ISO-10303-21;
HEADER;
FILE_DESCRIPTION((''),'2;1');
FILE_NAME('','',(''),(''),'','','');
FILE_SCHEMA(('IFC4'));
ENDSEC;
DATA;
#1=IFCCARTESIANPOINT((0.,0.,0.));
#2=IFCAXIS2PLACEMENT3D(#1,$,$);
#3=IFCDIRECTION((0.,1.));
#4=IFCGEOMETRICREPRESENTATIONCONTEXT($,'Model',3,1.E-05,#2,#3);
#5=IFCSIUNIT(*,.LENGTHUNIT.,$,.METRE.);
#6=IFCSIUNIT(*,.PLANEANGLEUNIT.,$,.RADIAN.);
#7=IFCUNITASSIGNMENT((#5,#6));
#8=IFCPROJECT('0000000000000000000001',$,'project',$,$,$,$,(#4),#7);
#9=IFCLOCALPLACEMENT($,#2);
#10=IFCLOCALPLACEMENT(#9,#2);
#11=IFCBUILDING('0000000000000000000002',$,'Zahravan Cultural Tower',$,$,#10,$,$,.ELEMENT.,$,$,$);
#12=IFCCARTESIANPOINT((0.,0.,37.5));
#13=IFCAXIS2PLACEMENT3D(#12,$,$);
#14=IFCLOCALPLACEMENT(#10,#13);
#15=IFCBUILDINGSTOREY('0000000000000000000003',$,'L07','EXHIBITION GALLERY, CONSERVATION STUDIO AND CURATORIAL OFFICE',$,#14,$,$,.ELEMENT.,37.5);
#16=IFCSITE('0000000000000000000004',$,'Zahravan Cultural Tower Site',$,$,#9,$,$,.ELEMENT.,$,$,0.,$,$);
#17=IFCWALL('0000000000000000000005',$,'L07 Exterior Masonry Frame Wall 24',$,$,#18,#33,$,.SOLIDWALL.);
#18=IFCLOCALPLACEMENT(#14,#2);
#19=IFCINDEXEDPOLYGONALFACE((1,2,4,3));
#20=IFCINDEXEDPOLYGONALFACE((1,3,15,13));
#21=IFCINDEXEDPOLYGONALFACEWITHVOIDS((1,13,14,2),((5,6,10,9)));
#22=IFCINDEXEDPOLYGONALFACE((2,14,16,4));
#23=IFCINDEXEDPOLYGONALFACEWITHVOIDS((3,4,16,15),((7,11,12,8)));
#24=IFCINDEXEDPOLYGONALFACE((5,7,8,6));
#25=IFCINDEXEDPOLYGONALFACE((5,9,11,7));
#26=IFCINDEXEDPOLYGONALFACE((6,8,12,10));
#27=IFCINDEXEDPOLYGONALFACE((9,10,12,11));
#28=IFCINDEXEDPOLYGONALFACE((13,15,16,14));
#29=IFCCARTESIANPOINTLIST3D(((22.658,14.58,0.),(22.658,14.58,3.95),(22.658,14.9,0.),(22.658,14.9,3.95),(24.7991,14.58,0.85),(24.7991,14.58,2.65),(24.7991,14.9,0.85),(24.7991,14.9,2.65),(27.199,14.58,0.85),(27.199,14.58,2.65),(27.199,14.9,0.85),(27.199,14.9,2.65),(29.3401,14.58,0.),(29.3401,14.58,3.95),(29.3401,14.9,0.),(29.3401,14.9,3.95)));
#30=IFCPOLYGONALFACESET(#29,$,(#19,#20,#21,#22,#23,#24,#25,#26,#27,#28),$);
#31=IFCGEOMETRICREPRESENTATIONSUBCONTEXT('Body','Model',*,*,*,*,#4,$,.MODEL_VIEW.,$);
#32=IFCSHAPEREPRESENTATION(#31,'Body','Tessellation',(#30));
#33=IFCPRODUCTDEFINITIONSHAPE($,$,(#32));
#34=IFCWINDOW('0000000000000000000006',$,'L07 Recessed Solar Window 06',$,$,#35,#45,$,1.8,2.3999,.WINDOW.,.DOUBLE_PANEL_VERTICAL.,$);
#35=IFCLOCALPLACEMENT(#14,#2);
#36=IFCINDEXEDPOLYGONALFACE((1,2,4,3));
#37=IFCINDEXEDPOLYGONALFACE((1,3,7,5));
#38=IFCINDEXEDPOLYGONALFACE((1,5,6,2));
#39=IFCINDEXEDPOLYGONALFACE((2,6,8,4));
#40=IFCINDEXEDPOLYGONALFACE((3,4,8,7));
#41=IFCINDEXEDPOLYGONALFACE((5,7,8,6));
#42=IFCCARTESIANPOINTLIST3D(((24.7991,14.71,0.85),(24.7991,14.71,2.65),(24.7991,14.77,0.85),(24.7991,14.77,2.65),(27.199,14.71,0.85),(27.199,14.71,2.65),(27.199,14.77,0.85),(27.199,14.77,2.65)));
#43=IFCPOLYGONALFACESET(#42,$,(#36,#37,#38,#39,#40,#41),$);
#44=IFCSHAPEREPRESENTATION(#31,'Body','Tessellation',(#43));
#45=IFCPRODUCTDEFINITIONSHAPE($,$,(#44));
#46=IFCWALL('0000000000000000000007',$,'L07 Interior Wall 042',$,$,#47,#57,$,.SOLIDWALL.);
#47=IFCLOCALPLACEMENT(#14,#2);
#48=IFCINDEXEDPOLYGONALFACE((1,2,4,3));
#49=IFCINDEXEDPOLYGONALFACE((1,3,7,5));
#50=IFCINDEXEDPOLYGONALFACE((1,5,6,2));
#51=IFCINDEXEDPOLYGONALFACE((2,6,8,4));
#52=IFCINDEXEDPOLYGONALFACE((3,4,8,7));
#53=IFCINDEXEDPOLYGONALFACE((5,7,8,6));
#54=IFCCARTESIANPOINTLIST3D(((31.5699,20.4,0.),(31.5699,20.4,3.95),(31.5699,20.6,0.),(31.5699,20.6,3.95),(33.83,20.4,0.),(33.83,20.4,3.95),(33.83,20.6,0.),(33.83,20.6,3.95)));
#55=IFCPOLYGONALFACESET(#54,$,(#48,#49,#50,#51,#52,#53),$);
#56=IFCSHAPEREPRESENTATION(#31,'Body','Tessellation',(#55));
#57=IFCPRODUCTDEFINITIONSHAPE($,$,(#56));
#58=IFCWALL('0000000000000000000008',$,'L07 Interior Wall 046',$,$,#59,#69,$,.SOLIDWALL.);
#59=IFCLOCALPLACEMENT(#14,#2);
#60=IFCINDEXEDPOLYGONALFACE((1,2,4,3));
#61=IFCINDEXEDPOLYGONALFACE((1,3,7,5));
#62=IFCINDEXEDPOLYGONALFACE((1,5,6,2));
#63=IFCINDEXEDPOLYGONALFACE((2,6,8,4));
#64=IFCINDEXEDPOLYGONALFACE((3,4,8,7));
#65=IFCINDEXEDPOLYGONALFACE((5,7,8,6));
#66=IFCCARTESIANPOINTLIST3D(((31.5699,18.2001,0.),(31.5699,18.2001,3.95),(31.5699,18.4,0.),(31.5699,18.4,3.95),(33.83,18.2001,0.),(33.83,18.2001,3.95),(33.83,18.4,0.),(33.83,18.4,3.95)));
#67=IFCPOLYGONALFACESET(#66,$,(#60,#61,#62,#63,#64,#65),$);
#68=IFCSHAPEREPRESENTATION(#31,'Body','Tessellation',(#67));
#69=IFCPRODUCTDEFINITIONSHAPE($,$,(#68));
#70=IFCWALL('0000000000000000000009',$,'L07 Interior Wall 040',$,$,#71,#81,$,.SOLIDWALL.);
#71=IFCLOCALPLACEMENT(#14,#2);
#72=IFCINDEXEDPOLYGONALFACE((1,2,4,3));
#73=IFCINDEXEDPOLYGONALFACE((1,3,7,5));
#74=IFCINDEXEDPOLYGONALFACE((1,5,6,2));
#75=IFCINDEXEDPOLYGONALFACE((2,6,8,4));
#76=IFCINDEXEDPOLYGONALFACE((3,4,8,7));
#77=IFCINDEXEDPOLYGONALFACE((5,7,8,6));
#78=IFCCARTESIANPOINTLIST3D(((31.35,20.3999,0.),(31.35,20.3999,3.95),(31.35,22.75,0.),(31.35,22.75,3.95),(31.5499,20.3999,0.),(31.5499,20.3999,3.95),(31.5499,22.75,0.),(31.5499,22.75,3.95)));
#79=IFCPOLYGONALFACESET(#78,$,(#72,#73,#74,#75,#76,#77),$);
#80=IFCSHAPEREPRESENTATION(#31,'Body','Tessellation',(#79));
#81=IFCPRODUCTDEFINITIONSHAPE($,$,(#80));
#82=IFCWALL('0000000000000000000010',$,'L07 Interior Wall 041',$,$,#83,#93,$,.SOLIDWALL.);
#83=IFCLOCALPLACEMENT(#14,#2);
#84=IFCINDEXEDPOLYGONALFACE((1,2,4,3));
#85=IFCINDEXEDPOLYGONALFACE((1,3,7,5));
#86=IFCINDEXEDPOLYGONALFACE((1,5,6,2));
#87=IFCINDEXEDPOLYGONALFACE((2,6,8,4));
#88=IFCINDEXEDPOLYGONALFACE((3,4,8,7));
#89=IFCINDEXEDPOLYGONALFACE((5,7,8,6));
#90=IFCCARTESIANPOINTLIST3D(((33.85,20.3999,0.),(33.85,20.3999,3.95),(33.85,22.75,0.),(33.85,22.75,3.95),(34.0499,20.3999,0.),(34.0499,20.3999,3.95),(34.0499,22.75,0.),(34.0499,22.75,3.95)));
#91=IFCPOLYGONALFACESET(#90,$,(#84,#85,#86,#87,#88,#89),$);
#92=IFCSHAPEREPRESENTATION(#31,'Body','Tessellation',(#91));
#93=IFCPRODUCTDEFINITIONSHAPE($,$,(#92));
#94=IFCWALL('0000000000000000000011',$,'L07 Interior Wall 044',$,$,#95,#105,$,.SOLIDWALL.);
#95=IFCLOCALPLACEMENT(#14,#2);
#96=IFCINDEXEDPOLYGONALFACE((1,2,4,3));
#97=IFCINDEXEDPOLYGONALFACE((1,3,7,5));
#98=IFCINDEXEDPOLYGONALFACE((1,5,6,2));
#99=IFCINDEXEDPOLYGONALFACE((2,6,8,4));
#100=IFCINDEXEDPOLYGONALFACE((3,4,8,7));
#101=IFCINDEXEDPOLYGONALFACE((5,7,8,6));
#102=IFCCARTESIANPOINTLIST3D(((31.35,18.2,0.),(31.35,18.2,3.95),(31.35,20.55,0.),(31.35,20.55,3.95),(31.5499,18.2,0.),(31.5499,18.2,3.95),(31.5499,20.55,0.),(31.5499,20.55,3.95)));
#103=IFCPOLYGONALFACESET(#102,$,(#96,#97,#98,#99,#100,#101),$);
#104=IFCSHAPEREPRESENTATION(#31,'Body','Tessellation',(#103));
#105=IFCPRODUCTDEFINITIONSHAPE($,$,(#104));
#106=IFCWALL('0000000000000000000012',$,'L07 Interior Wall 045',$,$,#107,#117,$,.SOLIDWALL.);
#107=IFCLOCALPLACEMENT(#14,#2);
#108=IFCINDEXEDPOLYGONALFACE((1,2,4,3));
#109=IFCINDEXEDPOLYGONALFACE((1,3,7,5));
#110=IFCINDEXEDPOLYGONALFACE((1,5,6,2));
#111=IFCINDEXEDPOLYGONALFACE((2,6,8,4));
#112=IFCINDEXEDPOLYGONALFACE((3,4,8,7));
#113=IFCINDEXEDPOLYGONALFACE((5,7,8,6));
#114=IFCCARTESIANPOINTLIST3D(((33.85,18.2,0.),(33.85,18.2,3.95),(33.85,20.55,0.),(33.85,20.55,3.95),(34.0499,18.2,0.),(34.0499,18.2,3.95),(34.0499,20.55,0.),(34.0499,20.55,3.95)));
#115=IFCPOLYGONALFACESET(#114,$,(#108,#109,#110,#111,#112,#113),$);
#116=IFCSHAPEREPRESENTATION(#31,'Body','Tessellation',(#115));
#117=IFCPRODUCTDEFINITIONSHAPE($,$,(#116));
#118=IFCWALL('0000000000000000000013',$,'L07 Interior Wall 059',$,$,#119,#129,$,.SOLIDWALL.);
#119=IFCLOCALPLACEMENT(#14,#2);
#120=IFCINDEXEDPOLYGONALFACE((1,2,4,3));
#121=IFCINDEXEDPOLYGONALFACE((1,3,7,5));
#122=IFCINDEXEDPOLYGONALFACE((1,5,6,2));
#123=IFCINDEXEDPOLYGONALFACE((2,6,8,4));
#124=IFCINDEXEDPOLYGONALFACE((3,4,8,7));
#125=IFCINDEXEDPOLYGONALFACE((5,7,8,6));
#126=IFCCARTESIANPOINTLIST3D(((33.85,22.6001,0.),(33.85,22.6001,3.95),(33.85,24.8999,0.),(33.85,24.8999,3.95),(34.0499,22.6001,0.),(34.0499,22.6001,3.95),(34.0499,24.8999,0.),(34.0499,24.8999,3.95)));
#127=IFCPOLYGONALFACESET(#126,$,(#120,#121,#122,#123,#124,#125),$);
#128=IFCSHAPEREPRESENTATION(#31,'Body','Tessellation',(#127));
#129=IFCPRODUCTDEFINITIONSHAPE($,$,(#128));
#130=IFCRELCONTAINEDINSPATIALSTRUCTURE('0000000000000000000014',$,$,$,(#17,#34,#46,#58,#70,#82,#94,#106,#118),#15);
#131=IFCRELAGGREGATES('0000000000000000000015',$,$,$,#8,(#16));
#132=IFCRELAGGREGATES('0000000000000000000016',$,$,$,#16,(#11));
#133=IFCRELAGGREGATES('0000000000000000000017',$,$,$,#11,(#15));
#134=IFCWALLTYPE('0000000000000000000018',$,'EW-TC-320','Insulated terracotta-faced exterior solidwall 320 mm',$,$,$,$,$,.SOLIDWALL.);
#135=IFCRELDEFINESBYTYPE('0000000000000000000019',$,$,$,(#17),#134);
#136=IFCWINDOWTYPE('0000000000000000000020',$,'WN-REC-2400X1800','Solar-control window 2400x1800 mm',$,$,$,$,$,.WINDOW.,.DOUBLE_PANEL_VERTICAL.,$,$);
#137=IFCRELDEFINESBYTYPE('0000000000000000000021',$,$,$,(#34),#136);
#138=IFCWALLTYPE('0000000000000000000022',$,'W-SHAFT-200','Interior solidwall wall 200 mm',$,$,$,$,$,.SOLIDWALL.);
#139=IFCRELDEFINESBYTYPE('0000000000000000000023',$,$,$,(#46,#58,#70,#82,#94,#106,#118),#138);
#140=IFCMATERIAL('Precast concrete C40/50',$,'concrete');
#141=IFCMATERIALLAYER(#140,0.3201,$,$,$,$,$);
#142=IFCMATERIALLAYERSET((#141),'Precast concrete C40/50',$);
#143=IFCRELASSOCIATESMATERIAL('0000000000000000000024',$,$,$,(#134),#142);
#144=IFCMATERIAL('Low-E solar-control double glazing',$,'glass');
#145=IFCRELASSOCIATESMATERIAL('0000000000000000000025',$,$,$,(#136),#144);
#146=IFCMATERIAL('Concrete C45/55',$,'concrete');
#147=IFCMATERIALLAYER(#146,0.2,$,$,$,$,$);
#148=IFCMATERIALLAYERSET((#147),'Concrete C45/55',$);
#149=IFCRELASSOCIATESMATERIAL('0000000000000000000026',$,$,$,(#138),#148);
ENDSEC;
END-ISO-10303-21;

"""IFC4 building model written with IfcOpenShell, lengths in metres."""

from ifc_helpers import new_model, si_unit, direction, frame, frame_2d, origin, place, context, subcontext, project, spatial, rectangle, extrude, source, transform, mapped, material, layer, layer_set, type_object, element, fill, save


model = new_model("IFC4")

# Units and contexts
model_context = context("Model", 3, precision=1e-05, world=origin(), true_north=direction((0.0, 1.0)))
body_context = subcontext(model_context, "Body", "Model", "MODEL_VIEW")
ifc_project = project(units=[si_unit("LENGTHUNIT", "METRE"), si_unit("PLANEANGLEUNIT", "RADIAN")], contexts=[model_context])

# Site, building, storey
site_placement = place(None, origin())
site = spatial("IfcSite", under=ifc_project, at=site_placement, Name="Zahravan Cultural Tower Site", CompositionType="ELEMENT", RefElevation=0.0)
building_placement = place(site_placement, origin())
building = spatial("IfcBuilding", under=site, at=building_placement, Name="Zahravan Cultural Tower", CompositionType="ELEMENT")
storey_placement = place(building_placement, frame((0.0, 0.0, 37.5)))
storey = spatial("IfcBuildingStorey", under=building, at=storey_placement, Name="L07", Description="EXHIBITION GALLERY, CONSERVATION STUDIO AND CURATORIAL OFFICE", CompositionType="ELEMENT", Elevation=37.5)

# Shared definitions
ifc_material_1 = material(Name="Low-E solar-control double glazing", Category="glass")

# Wall, opening, window
ifc_material_2 = material(Name="Precast concrete C40/50", Category="concrete")
ifc_layer_1 = layer(ifc_material_2, 0.3201)
ifc_layer_set_1 = layer_set([ifc_layer_1], Name="Precast concrete C40/50")
wall_type_1 = type_object("IfcWallType", Name="EW-TC-320", Description="Insulated terracotta-faced exterior solidwall 320 mm", PredefinedType="SOLIDWALL", material=ifc_layer_set_1)
wall_1_placement = place(storey_placement, frame((29.3401, 14.74, 0.0), z_axis=(0.0, 0.0, 1.0), x_axis=(-1.0, 0.0, 0.0)))
wall_1 = element("IfcWall", 1, at=wall_1_placement, inside=storey, type_object=wall_type_1, Name="L07 Exterior Masonry Frame Wall 24", PredefinedType="SOLIDWALL", context=body_context, shape_type="SweptSolid", body=[
    extrude(rectangle(XDim=6.6821, YDim=0.3201, at=frame_2d((3.3411, 0.0))), origin(), (0.0, 0.0, 1.0), 3.95),
])
opening_1_placement = place(wall_1_placement, frame((2.1411, 0.0, 0.8501)))
opening_1 = element("IfcOpeningElement", 2, at=opening_1_placement, cuts=wall_1, PredefinedType="OPENING", context=body_context, shape_type="SweptSolid", body=[
    extrude(rectangle(XDim=2.3999, YDim=1.8, at=frame_2d((1.2, 0.8999))), frame((0.0, 0.1699, 0.0), z_axis=(0.0, -1.0, 0.0), x_axis=(1.0, 0.0, 0.0)), (0.0, 0.0, 1.0), 0.3401),
])
window_type = type_object("IfcWindowType", Name="WN-REC-2400X1800", Description="Solar-control window 2400x1800 mm", PartitioningType="DOUBLE_PANEL_VERTICAL", PredefinedType="WINDOW", material=ifc_material_1)
shared_shape_1 = source(origin(), body_context, "Body", "SweptSolid", [
    extrude(rectangle(XDim=2.3999, YDim=1.8, at=frame_2d((1.2, 0.8999))), frame((0.0, 0.03, 0.0), z_axis=(0.0, -1.0, 0.0), x_axis=(1.0, 0.0, 0.0)), (0.0, 0.0, 1.0), 0.0601),
])
window_placement = place(opening_1_placement, origin())
window = element("IfcWindow", 3, at=window_placement, inside=storey, type_object=window_type, Name="L07 Recessed Solar Window 06", OverallHeight=1.8, OverallWidth=2.3999, PartitioningType="DOUBLE_PANEL_VERTICAL", PredefinedType="WINDOW", context=body_context, shape_type="MappedRepresentation", body=[
    mapped(shared_shape_1, transform((0.0, 0.0, 0.0), x_axis=(1.0, 0.0, 0.0), y_axis=(0.0, 1.0, 0.0), z_axis=(0.0, 0.0, 1.0), scale=1.0)),
])
fill(opening_1, window)

# Shared definitions
ifc_material_3 = material(Name="Concrete C45/55", Category="concrete")
ifc_layer_2 = layer(ifc_material_3, 0.2)
ifc_layer_set_2 = layer_set([ifc_layer_2], Name="Concrete C45/55")
wall_type_2 = type_object("IfcWallType", Name="W-SHAFT-200", Description="Interior solidwall wall 200 mm", PredefinedType="SOLIDWALL", material=ifc_layer_set_2)

# Walls
shared_shape_2 = source(origin(), body_context, "Body", "SweptSolid", [
    extrude(rectangle(XDim=2.26, YDim=0.2, at=frame_2d((1.1299, 0.0))), origin(), (0.0, 0.0, 1.0), 3.95),
])
for number, where, z_axis, x_axis, name in (
    (4, (31.5701, 20.5, 0.0), (0.0, 0.0, 1.0), (1.0, 0.0, 0.0), "L07 Interior Wall 042"),
    (5, (31.5701, 18.3, 0.0), (0.0, 0.0, 1.0), (1.0, 0.0, 0.0), "L07 Interior Wall 046"),
):
    element("IfcWall", number, at=place(storey_placement, frame(where, z_axis=z_axis, x_axis=x_axis)), inside=storey, type_object=wall_type_2, Name=name, PredefinedType="SOLIDWALL", context=body_context, shape_type="MappedRepresentation", body=[
        mapped(shared_shape_2, transform((0.0, 0.0, 0.0), x_axis=(1.0, 0.0, 0.0), y_axis=(0.0, 1.0, 0.0), z_axis=(0.0, 0.0, 1.0), scale=1.0)),
    ])
shared_shape_3 = source(origin(), body_context, "Body", "SweptSolid", [
    extrude(rectangle(XDim=2.3501, YDim=0.2, at=frame_2d((1.175, 0.0))), origin(), (0.0, 0.0, 1.0), 3.95),
])
for number, where, z_axis, x_axis, name in (
    (6, (31.45, 20.3999, 0.0), (0.0, 0.0, 1.0), (0.0, 1.0, 0.0), "L07 Interior Wall 040"),
    (7, (33.95, 20.3999, 0.0), (0.0, 0.0, 1.0), (0.0, 1.0, 0.0), "L07 Interior Wall 041"),
    (8, (31.45, 18.2, 0.0), (0.0, 0.0, 1.0), (0.0, 1.0, 0.0), "L07 Interior Wall 044"),
    (9, (33.95, 18.2, 0.0), (0.0, 0.0, 1.0), (0.0, 1.0, 0.0), "L07 Interior Wall 045"),
):
    element("IfcWall", number, at=place(storey_placement, frame(where, z_axis=z_axis, x_axis=x_axis)), inside=storey, type_object=wall_type_2, Name=name, PredefinedType="SOLIDWALL", context=body_context, shape_type="MappedRepresentation", body=[
        mapped(shared_shape_3, transform((0.0, 0.0, 0.0), x_axis=(1.0, 0.0, 0.0), y_axis=(0.0, 1.0, 0.0), z_axis=(0.0, 0.0, 1.0), scale=1.0)),
    ])
shared_shape_4 = source(origin(), body_context, "Body", "SweptSolid", [
    extrude(rectangle(XDim=2.2998, YDim=0.2, at=frame_2d((1.1499, 0.0))), origin(), (0.0, 0.0, 1.0), 3.95),
])
wall_2_placement = place(storey_placement, frame((33.95, 22.6001, 0.0), z_axis=(0.0, 0.0, 1.0), x_axis=(0.0, 1.0, 0.0)))
element("IfcWall", 10, at=wall_2_placement, inside=storey, type_object=wall_type_2, Name="L07 Interior Wall 059", PredefinedType="SOLIDWALL", context=body_context, shape_type="MappedRepresentation", body=[
    mapped(shared_shape_4, transform((0.0, 0.0, 0.0), x_axis=(1.0, 0.0, 0.0), y_axis=(0.0, 1.0, 0.0), z_axis=(0.0, 0.0, 1.0), scale=1.0)),
])

save(model, "model.ifc")
